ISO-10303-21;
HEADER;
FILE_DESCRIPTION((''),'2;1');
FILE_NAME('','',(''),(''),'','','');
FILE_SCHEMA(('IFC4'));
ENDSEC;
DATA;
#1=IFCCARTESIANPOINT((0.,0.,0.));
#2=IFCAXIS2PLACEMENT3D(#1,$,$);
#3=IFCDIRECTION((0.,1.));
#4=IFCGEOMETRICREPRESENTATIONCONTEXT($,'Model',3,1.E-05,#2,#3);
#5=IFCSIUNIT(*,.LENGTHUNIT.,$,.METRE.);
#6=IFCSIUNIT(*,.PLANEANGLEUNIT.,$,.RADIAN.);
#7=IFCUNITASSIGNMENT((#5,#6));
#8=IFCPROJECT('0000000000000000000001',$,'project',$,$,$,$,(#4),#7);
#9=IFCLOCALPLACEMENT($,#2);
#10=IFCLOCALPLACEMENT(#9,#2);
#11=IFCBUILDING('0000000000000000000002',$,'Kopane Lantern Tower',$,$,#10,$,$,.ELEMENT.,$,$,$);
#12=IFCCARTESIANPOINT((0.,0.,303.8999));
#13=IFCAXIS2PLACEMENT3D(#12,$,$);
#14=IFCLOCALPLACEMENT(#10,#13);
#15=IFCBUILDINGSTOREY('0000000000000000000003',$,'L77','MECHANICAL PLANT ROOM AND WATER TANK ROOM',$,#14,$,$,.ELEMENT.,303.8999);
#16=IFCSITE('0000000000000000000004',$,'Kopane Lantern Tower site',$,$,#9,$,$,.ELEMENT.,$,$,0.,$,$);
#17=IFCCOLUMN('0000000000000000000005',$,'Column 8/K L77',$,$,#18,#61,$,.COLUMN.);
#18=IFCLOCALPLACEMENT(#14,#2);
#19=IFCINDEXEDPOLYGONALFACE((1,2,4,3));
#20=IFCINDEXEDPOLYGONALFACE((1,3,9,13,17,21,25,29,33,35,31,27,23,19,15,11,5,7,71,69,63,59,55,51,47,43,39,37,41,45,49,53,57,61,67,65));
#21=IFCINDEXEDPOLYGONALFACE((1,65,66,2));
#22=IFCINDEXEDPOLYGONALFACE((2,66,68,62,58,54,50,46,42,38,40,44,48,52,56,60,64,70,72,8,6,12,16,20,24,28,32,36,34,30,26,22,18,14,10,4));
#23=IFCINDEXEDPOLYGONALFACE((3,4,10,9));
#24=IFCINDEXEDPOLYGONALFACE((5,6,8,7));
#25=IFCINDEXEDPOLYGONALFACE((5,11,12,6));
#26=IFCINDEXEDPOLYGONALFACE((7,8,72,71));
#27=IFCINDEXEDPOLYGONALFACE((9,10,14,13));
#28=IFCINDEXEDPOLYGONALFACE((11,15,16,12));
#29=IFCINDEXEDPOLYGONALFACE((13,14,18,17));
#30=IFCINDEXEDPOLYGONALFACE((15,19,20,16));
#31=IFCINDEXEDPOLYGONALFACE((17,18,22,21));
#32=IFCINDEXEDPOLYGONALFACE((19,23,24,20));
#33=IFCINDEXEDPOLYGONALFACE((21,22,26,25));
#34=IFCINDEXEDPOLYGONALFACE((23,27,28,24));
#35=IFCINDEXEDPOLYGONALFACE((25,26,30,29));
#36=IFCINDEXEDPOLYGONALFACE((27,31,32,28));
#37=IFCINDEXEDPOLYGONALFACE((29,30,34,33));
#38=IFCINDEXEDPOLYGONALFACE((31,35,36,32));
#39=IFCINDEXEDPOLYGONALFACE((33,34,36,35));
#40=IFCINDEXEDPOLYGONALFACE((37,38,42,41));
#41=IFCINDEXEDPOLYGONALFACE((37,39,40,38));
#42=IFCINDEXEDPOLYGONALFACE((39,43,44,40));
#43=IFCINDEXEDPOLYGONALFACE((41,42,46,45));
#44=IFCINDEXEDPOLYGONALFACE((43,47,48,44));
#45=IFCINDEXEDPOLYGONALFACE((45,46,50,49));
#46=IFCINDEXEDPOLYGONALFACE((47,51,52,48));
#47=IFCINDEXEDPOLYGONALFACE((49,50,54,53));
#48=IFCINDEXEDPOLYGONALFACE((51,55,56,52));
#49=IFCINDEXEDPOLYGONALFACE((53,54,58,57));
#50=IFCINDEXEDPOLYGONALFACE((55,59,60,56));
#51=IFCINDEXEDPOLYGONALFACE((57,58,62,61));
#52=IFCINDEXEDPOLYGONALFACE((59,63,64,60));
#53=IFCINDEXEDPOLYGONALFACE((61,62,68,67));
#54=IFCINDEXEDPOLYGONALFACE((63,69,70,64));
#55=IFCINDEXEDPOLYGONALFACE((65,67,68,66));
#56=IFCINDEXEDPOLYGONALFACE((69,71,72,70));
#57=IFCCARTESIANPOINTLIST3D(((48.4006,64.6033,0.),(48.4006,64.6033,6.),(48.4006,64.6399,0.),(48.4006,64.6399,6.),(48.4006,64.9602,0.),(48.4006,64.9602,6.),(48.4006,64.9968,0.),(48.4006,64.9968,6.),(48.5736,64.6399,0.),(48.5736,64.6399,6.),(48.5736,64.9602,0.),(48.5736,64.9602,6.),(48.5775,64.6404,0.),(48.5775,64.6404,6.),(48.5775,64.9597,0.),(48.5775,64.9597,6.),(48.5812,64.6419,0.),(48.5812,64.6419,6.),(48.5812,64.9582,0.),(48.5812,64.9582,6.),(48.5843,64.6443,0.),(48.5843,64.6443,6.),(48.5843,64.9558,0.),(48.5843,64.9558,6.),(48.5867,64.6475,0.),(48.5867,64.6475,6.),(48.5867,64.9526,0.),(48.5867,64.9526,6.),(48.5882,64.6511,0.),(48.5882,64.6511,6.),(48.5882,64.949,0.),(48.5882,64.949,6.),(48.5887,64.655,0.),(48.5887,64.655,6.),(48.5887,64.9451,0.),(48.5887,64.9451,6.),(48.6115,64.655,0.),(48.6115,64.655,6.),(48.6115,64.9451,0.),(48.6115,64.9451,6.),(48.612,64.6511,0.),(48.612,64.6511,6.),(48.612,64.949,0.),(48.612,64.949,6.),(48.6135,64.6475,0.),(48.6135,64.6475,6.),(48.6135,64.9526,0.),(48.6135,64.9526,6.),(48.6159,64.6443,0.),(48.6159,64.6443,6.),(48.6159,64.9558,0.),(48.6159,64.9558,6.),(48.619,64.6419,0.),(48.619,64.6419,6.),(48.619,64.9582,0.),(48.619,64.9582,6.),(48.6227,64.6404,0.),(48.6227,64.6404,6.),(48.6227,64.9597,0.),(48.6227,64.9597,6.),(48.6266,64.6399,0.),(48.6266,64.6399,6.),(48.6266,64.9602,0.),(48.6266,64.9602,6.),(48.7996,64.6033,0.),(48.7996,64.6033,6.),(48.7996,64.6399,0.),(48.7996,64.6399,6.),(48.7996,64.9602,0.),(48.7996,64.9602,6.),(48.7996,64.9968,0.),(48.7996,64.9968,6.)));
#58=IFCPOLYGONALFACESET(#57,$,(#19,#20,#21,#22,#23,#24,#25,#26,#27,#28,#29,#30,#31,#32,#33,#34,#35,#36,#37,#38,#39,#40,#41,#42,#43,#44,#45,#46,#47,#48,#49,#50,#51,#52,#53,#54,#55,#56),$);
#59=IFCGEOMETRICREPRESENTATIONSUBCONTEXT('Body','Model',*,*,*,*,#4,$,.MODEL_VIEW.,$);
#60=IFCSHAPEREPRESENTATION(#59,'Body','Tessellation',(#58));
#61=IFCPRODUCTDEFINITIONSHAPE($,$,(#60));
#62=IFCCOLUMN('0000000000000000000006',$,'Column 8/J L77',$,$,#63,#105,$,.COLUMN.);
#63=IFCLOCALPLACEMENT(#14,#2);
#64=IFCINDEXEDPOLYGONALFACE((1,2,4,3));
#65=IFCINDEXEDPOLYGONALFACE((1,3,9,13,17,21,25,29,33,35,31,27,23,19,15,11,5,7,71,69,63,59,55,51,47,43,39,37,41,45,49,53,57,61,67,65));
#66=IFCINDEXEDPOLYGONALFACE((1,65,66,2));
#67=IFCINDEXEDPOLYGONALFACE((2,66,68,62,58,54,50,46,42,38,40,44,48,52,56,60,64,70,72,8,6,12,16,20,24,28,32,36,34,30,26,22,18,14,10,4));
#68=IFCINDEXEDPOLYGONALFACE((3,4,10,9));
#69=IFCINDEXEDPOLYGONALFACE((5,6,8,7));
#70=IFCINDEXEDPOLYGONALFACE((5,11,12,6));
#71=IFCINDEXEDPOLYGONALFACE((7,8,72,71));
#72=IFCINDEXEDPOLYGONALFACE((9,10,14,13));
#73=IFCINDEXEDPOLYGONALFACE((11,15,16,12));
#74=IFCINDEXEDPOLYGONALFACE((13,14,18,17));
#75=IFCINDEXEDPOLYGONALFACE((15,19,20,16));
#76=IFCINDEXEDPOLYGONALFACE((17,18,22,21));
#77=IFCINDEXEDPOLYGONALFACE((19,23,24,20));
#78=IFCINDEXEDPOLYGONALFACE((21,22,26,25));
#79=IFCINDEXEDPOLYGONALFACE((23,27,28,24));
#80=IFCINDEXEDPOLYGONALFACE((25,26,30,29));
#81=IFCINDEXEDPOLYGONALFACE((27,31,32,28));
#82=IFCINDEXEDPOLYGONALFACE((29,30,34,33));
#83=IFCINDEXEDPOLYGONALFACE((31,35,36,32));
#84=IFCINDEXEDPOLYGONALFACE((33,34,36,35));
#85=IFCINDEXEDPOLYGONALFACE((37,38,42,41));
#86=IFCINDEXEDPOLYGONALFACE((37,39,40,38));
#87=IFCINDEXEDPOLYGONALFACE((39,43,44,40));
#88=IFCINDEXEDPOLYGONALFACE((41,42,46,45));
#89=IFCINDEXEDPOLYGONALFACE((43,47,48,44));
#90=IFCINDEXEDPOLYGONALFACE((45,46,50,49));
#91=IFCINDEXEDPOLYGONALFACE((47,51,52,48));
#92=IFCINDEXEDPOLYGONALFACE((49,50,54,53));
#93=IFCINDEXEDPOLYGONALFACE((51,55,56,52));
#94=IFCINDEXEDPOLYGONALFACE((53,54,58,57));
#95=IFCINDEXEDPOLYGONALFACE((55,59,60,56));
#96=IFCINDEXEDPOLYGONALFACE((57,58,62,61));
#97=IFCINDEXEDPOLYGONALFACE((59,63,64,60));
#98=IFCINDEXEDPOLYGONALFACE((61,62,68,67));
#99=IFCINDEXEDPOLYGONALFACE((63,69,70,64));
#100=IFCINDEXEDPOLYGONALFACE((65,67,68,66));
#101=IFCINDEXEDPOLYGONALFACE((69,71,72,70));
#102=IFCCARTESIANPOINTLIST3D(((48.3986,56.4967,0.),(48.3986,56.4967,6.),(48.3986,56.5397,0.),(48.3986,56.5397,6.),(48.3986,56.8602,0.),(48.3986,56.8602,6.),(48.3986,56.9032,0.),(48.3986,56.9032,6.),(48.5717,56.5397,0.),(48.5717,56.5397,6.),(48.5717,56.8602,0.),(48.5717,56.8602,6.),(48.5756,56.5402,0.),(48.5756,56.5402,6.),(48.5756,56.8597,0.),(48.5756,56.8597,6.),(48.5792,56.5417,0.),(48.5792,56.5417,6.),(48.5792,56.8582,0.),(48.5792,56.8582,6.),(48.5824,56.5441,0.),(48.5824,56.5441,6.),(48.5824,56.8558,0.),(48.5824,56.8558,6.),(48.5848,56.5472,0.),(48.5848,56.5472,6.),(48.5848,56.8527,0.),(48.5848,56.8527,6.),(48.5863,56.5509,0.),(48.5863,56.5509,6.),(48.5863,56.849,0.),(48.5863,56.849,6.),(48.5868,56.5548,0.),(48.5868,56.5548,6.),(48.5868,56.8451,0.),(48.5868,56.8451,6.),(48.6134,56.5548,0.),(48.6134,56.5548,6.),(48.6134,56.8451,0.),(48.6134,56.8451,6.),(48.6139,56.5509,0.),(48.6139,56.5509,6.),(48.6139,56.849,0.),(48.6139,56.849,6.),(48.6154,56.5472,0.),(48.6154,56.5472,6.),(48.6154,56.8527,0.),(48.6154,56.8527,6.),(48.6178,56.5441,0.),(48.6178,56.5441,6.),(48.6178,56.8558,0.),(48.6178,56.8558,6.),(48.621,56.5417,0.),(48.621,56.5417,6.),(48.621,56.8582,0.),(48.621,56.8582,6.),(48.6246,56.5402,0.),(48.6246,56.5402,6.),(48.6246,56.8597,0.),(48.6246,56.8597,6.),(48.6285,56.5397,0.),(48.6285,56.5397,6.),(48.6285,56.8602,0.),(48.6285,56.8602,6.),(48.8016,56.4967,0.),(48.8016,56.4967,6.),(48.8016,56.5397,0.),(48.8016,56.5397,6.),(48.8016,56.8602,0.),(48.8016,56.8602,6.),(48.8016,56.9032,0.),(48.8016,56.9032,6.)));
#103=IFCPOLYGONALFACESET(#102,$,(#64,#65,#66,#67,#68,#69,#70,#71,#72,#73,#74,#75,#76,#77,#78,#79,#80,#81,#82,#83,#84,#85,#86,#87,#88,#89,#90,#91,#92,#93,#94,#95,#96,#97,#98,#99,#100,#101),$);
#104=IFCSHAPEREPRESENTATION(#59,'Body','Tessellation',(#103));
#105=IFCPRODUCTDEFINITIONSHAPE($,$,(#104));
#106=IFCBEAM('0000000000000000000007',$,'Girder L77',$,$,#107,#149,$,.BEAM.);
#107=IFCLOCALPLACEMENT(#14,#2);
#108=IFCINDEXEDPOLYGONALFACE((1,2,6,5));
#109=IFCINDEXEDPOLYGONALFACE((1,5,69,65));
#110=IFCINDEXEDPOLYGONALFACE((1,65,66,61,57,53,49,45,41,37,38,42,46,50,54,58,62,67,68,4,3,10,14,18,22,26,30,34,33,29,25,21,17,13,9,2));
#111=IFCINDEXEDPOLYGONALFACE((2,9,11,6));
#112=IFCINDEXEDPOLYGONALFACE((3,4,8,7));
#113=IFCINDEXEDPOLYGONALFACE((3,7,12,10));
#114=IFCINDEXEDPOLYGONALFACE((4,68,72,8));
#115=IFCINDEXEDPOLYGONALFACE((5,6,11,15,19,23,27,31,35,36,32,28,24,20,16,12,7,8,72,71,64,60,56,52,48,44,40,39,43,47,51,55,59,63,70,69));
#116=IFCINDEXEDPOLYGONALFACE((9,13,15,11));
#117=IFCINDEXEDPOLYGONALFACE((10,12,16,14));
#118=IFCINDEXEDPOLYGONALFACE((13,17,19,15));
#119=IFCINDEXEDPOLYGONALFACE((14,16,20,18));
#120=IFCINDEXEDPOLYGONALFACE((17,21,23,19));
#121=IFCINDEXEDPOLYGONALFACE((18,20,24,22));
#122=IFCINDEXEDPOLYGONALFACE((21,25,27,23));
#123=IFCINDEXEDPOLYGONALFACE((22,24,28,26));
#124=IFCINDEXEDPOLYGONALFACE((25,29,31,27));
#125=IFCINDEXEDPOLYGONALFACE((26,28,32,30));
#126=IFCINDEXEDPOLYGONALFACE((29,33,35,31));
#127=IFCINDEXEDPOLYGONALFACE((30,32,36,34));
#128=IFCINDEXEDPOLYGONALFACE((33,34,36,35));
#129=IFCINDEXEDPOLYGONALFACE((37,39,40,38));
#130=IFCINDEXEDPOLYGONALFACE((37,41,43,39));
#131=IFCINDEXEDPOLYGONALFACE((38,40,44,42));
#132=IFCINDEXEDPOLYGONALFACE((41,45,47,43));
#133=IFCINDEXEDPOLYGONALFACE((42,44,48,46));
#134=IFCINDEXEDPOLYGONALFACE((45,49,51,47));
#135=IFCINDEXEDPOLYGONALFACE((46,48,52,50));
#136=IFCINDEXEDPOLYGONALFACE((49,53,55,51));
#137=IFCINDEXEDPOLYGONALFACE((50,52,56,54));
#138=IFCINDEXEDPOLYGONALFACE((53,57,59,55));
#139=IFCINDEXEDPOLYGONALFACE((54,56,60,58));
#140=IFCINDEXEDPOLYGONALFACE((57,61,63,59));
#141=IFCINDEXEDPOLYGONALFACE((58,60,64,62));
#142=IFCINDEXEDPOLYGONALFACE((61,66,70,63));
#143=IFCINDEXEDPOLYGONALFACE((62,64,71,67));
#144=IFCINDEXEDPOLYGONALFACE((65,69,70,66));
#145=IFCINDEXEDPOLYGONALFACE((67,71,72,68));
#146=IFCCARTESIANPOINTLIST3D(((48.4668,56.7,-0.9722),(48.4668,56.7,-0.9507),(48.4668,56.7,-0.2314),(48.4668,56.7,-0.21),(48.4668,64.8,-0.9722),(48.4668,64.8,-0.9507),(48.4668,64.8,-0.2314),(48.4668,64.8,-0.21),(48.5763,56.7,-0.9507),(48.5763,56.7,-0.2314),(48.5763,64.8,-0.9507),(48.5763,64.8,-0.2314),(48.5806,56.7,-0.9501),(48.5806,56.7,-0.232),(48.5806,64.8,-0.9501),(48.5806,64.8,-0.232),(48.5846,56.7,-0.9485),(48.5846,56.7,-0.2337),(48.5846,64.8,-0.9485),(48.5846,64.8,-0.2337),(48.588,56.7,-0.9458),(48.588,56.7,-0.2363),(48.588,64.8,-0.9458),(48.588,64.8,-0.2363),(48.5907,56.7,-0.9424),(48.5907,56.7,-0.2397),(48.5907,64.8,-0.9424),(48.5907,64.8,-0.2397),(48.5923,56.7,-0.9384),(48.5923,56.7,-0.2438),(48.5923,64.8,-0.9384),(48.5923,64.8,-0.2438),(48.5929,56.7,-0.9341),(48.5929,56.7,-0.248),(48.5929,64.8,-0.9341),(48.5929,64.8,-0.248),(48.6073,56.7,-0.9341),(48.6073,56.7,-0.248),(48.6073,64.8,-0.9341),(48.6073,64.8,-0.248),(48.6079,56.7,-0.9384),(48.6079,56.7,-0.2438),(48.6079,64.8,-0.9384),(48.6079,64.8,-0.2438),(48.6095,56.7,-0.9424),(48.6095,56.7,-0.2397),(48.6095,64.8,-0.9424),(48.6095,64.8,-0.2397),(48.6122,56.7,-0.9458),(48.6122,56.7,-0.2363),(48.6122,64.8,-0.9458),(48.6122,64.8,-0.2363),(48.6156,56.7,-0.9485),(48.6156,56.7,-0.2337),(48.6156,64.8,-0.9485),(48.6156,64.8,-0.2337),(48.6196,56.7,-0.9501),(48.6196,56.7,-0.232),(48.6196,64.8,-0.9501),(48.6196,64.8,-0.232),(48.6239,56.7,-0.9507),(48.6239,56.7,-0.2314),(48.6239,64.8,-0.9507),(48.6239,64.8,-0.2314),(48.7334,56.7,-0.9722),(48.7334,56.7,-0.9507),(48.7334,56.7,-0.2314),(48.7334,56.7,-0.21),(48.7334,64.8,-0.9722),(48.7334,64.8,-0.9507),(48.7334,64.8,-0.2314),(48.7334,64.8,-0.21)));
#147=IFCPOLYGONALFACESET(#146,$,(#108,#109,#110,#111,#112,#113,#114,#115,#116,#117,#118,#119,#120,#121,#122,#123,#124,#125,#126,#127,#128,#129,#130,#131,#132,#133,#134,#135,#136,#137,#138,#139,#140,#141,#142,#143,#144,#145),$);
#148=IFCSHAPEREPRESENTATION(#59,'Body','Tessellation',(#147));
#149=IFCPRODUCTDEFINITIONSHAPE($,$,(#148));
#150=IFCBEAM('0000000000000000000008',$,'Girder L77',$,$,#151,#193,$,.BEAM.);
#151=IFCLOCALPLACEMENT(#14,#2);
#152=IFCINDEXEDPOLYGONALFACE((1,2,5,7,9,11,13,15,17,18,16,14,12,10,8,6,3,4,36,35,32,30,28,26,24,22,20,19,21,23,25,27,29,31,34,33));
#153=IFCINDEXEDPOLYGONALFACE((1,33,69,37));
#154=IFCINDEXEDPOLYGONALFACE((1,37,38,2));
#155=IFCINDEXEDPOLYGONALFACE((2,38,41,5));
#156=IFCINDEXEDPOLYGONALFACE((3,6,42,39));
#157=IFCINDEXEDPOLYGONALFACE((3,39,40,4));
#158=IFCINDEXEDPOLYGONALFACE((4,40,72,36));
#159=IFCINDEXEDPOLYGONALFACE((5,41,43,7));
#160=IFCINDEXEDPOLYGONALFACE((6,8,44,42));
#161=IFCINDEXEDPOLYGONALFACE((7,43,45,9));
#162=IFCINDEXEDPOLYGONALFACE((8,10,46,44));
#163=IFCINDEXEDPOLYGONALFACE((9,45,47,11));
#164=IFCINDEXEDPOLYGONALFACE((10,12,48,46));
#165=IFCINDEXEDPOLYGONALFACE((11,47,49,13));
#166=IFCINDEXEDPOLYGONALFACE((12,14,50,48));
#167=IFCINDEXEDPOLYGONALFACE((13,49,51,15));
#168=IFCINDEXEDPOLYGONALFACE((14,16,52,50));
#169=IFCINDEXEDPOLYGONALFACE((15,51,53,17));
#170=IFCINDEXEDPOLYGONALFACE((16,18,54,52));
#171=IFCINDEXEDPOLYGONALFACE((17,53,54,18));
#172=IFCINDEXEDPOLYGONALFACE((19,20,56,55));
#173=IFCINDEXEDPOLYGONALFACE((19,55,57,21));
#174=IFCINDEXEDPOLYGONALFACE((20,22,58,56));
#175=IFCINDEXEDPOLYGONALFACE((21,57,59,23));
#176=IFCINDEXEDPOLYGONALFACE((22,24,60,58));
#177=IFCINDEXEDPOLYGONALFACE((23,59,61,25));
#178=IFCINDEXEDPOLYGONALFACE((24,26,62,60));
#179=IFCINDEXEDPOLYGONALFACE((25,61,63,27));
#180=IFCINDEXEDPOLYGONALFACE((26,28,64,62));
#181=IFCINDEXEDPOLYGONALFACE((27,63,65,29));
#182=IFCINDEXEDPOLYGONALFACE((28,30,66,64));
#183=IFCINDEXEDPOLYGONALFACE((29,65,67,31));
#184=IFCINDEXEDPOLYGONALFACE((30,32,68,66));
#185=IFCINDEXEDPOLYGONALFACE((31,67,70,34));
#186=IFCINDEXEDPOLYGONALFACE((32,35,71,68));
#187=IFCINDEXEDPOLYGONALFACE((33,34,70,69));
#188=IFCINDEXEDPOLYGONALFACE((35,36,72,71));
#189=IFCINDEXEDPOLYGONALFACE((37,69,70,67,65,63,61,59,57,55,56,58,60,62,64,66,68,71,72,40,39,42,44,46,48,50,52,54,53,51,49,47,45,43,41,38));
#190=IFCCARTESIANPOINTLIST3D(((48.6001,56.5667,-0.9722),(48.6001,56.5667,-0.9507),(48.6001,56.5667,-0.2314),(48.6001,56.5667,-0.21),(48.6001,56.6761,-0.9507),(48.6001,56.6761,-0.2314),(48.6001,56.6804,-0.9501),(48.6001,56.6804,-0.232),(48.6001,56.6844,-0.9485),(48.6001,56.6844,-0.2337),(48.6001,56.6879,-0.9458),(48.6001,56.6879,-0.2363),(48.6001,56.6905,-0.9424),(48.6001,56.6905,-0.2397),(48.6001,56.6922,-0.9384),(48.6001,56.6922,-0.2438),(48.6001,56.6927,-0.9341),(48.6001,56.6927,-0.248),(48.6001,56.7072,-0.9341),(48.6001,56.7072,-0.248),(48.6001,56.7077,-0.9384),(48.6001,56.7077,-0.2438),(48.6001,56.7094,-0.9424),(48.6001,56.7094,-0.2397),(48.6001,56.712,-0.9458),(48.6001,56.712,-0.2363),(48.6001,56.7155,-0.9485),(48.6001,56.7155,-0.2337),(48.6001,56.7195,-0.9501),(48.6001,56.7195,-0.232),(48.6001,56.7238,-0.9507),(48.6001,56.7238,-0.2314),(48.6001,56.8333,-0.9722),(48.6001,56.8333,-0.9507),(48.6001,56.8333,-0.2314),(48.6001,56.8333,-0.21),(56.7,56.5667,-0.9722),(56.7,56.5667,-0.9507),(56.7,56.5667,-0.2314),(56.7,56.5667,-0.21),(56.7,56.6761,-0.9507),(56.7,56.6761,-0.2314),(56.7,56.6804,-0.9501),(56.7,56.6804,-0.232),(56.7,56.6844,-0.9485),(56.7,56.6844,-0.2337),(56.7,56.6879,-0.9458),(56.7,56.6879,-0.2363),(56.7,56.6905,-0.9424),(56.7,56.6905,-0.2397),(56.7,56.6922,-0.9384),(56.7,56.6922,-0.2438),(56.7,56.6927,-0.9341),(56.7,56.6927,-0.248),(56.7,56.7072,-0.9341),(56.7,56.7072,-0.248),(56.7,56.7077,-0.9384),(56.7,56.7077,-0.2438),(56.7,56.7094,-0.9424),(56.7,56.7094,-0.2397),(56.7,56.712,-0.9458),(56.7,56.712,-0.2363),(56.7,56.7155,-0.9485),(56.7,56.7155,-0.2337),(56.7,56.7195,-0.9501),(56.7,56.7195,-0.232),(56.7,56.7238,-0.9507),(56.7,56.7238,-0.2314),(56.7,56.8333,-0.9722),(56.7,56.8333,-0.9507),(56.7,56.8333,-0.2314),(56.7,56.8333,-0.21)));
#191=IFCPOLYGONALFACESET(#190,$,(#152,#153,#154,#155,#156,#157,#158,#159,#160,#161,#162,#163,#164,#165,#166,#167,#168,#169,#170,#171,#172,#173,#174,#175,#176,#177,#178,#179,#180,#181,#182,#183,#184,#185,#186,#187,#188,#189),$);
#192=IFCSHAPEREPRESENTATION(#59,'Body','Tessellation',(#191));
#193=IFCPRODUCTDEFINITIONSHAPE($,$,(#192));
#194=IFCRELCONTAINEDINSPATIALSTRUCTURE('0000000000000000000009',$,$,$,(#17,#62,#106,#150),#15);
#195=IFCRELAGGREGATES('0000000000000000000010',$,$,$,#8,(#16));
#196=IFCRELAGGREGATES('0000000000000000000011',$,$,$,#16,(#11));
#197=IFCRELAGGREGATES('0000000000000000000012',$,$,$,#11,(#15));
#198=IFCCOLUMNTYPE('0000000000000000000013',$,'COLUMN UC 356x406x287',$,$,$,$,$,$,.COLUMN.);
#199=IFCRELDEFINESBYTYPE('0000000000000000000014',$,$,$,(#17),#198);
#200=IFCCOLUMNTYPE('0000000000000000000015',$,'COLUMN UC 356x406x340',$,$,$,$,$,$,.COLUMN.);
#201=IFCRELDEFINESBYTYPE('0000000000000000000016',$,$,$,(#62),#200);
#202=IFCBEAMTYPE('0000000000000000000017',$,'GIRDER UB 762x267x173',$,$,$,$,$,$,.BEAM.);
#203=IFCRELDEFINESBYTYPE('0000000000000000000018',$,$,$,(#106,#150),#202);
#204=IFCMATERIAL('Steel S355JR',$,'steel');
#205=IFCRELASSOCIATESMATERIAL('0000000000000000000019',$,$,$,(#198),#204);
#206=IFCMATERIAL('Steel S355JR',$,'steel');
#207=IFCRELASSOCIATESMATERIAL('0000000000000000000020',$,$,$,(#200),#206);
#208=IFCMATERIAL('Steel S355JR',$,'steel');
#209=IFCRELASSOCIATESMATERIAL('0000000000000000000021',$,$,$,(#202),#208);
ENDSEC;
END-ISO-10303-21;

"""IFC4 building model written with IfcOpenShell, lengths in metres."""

from ifc_helpers import new_model, si_unit, direction, frame, origin, origin_2d, place, context, subcontext, project, spatial, i_section, extrude, material, material_profile, profile_set, type_object, element, save


model = new_model("IFC4")

# Units and contexts
model_context = context("Model", 3, precision=1e-05, world=origin(), true_north=direction((0.0, 1.0)))
body_context = subcontext(model_context, "Body", "Model", "MODEL_VIEW")
ifc_project = project(units=[si_unit("LENGTHUNIT", "METRE"), si_unit("PLANEANGLEUNIT", "RADIAN")], contexts=[model_context])

# Site, building, storey
site_placement = place(None, origin())
site = spatial("IfcSite", under=ifc_project, at=site_placement, Name="Kopane Lantern Tower site", CompositionType="ELEMENT", RefElevation=0.0)
building_placement = place(site_placement, origin())
building = spatial("IfcBuilding", under=site, at=building_placement, Name="Kopane Lantern Tower", CompositionType="ELEMENT")
storey_placement = place(building_placement, frame((0.0, 0.0, 303.8999)))
storey = spatial("IfcBuildingStorey", under=building, at=storey_placement, Name="L77", Description="MECHANICAL PLANT ROOM AND WATER TANK ROOM", CompositionType="ELEMENT", Elevation=303.8999)

# Columns
ifc_material_1 = material(Name="Steel S355JR", Category="steel")
ifc_material_profile_1 = material_profile(ifc_material_1, i_section(OverallWidth=0.3989, OverallDepth=0.3936, WebThickness=0.0227, FlangeThickness=0.0366, FilletRadius=0.0151, at=origin_2d()), Name="UC 356x406x287")
ifc_profile_set_1 = profile_set([ifc_material_profile_1], Name="Steel S355JR")
column_type_1 = type_object("IfcColumnType", Name="COLUMN UC 356x406x287", PredefinedType="COLUMN", material=ifc_profile_set_1)
column_1_placement = place(storey_placement, frame((48.6001, 64.8, 0.0), z_axis=(0.0, 0.0, 1.0), x_axis=(1.0, 0.0, 0.0)))
element("IfcColumn", 1, at=column_1_placement, inside=storey, type_object=column_type_1, Name="Column 8/K L77", PredefinedType="COLUMN", context=body_context, shape_type="SweptSolid", body=[
    extrude(i_section(OverallWidth=0.3989, OverallDepth=0.3936, WebThickness=0.0227, FlangeThickness=0.0366, FilletRadius=0.0151, at=origin_2d()), origin(), (0.0, 0.0, 1.0), 6.0),
])
ifc_material_2 = material(Name="Steel S355JR", Category="steel")
ifc_material_profile_2 = material_profile(ifc_material_2, i_section(OverallWidth=0.4031, OverallDepth=0.4065, WebThickness=0.0266, FlangeThickness=0.043, FilletRadius=0.0151, at=origin_2d()), Name="UC 356x406x340")
ifc_profile_set_2 = profile_set([ifc_material_profile_2], Name="Steel S355JR")
column_type_2 = type_object("IfcColumnType", Name="COLUMN UC 356x406x340", PredefinedType="COLUMN", material=ifc_profile_set_2)
column_2_placement = place(storey_placement, frame((48.6001, 56.7, 0.0), z_axis=(0.0, 0.0, 1.0), x_axis=(1.0, 0.0, 0.0)))
element("IfcColumn", 2, at=column_2_placement, inside=storey, type_object=column_type_2, Name="Column 8/J L77", PredefinedType="COLUMN", context=body_context, shape_type="SweptSolid", body=[
    extrude(i_section(OverallWidth=0.4031, OverallDepth=0.4065, WebThickness=0.0266, FlangeThickness=0.043, FilletRadius=0.0151, at=origin_2d()), origin(), (0.0, 0.0, 1.0), 6.0),
])

# Beams
ifc_material_3 = material(Name="Steel S355JR", Category="steel")
ifc_material_profile_3 = material_profile(ifc_material_3, i_section(OverallWidth=0.2666, OverallDepth=0.7622, WebThickness=0.0144, FlangeThickness=0.0215, FilletRadius=0.0166, at=origin_2d()), Name="UB 762x267x173")
ifc_profile_set_3 = profile_set([ifc_material_profile_3], Name="Steel S355JR")
beam_type_1 = type_object("IfcBeamType", Name="GIRDER UB 762x267x173", PredefinedType="BEAM", material=ifc_profile_set_3)
beam_1_placement = place(storey_placement, frame((48.6001, 56.7, -0.5911), z_axis=(0.0, 1.0, 0.0), x_axis=(-1.0, 0.0, 0.0)))
element("IfcBeam", 3, at=beam_1_placement, inside=storey, type_object=beam_type_1, Name="Girder L77", PredefinedType="BEAM", context=body_context, shape_type="SweptSolid", body=[
    extrude(i_section(OverallWidth=0.2666, OverallDepth=0.7622, WebThickness=0.0144, FlangeThickness=0.0215, FilletRadius=0.0166, at=origin_2d()), origin(), (0.0, 0.0, 1.0), 8.1001),
])
beam_2_placement = place(storey_placement, frame((48.6001, 56.7, -0.5911), z_axis=(1.0, 0.0, 0.0), x_axis=(0.0, 1.0, 0.0)))
element("IfcBeam", 4, at=beam_2_placement, inside=storey, type_object=beam_type_1, Name="Girder L77", PredefinedType="BEAM", context=body_context, shape_type="SweptSolid", body=[
    extrude(i_section(OverallWidth=0.2666, OverallDepth=0.7622, WebThickness=0.0144, FlangeThickness=0.0215, FilletRadius=0.0166, at=origin_2d()), origin(), (0.0, 0.0, 1.0), 8.0999),
])

save(model, "model.ifc")
